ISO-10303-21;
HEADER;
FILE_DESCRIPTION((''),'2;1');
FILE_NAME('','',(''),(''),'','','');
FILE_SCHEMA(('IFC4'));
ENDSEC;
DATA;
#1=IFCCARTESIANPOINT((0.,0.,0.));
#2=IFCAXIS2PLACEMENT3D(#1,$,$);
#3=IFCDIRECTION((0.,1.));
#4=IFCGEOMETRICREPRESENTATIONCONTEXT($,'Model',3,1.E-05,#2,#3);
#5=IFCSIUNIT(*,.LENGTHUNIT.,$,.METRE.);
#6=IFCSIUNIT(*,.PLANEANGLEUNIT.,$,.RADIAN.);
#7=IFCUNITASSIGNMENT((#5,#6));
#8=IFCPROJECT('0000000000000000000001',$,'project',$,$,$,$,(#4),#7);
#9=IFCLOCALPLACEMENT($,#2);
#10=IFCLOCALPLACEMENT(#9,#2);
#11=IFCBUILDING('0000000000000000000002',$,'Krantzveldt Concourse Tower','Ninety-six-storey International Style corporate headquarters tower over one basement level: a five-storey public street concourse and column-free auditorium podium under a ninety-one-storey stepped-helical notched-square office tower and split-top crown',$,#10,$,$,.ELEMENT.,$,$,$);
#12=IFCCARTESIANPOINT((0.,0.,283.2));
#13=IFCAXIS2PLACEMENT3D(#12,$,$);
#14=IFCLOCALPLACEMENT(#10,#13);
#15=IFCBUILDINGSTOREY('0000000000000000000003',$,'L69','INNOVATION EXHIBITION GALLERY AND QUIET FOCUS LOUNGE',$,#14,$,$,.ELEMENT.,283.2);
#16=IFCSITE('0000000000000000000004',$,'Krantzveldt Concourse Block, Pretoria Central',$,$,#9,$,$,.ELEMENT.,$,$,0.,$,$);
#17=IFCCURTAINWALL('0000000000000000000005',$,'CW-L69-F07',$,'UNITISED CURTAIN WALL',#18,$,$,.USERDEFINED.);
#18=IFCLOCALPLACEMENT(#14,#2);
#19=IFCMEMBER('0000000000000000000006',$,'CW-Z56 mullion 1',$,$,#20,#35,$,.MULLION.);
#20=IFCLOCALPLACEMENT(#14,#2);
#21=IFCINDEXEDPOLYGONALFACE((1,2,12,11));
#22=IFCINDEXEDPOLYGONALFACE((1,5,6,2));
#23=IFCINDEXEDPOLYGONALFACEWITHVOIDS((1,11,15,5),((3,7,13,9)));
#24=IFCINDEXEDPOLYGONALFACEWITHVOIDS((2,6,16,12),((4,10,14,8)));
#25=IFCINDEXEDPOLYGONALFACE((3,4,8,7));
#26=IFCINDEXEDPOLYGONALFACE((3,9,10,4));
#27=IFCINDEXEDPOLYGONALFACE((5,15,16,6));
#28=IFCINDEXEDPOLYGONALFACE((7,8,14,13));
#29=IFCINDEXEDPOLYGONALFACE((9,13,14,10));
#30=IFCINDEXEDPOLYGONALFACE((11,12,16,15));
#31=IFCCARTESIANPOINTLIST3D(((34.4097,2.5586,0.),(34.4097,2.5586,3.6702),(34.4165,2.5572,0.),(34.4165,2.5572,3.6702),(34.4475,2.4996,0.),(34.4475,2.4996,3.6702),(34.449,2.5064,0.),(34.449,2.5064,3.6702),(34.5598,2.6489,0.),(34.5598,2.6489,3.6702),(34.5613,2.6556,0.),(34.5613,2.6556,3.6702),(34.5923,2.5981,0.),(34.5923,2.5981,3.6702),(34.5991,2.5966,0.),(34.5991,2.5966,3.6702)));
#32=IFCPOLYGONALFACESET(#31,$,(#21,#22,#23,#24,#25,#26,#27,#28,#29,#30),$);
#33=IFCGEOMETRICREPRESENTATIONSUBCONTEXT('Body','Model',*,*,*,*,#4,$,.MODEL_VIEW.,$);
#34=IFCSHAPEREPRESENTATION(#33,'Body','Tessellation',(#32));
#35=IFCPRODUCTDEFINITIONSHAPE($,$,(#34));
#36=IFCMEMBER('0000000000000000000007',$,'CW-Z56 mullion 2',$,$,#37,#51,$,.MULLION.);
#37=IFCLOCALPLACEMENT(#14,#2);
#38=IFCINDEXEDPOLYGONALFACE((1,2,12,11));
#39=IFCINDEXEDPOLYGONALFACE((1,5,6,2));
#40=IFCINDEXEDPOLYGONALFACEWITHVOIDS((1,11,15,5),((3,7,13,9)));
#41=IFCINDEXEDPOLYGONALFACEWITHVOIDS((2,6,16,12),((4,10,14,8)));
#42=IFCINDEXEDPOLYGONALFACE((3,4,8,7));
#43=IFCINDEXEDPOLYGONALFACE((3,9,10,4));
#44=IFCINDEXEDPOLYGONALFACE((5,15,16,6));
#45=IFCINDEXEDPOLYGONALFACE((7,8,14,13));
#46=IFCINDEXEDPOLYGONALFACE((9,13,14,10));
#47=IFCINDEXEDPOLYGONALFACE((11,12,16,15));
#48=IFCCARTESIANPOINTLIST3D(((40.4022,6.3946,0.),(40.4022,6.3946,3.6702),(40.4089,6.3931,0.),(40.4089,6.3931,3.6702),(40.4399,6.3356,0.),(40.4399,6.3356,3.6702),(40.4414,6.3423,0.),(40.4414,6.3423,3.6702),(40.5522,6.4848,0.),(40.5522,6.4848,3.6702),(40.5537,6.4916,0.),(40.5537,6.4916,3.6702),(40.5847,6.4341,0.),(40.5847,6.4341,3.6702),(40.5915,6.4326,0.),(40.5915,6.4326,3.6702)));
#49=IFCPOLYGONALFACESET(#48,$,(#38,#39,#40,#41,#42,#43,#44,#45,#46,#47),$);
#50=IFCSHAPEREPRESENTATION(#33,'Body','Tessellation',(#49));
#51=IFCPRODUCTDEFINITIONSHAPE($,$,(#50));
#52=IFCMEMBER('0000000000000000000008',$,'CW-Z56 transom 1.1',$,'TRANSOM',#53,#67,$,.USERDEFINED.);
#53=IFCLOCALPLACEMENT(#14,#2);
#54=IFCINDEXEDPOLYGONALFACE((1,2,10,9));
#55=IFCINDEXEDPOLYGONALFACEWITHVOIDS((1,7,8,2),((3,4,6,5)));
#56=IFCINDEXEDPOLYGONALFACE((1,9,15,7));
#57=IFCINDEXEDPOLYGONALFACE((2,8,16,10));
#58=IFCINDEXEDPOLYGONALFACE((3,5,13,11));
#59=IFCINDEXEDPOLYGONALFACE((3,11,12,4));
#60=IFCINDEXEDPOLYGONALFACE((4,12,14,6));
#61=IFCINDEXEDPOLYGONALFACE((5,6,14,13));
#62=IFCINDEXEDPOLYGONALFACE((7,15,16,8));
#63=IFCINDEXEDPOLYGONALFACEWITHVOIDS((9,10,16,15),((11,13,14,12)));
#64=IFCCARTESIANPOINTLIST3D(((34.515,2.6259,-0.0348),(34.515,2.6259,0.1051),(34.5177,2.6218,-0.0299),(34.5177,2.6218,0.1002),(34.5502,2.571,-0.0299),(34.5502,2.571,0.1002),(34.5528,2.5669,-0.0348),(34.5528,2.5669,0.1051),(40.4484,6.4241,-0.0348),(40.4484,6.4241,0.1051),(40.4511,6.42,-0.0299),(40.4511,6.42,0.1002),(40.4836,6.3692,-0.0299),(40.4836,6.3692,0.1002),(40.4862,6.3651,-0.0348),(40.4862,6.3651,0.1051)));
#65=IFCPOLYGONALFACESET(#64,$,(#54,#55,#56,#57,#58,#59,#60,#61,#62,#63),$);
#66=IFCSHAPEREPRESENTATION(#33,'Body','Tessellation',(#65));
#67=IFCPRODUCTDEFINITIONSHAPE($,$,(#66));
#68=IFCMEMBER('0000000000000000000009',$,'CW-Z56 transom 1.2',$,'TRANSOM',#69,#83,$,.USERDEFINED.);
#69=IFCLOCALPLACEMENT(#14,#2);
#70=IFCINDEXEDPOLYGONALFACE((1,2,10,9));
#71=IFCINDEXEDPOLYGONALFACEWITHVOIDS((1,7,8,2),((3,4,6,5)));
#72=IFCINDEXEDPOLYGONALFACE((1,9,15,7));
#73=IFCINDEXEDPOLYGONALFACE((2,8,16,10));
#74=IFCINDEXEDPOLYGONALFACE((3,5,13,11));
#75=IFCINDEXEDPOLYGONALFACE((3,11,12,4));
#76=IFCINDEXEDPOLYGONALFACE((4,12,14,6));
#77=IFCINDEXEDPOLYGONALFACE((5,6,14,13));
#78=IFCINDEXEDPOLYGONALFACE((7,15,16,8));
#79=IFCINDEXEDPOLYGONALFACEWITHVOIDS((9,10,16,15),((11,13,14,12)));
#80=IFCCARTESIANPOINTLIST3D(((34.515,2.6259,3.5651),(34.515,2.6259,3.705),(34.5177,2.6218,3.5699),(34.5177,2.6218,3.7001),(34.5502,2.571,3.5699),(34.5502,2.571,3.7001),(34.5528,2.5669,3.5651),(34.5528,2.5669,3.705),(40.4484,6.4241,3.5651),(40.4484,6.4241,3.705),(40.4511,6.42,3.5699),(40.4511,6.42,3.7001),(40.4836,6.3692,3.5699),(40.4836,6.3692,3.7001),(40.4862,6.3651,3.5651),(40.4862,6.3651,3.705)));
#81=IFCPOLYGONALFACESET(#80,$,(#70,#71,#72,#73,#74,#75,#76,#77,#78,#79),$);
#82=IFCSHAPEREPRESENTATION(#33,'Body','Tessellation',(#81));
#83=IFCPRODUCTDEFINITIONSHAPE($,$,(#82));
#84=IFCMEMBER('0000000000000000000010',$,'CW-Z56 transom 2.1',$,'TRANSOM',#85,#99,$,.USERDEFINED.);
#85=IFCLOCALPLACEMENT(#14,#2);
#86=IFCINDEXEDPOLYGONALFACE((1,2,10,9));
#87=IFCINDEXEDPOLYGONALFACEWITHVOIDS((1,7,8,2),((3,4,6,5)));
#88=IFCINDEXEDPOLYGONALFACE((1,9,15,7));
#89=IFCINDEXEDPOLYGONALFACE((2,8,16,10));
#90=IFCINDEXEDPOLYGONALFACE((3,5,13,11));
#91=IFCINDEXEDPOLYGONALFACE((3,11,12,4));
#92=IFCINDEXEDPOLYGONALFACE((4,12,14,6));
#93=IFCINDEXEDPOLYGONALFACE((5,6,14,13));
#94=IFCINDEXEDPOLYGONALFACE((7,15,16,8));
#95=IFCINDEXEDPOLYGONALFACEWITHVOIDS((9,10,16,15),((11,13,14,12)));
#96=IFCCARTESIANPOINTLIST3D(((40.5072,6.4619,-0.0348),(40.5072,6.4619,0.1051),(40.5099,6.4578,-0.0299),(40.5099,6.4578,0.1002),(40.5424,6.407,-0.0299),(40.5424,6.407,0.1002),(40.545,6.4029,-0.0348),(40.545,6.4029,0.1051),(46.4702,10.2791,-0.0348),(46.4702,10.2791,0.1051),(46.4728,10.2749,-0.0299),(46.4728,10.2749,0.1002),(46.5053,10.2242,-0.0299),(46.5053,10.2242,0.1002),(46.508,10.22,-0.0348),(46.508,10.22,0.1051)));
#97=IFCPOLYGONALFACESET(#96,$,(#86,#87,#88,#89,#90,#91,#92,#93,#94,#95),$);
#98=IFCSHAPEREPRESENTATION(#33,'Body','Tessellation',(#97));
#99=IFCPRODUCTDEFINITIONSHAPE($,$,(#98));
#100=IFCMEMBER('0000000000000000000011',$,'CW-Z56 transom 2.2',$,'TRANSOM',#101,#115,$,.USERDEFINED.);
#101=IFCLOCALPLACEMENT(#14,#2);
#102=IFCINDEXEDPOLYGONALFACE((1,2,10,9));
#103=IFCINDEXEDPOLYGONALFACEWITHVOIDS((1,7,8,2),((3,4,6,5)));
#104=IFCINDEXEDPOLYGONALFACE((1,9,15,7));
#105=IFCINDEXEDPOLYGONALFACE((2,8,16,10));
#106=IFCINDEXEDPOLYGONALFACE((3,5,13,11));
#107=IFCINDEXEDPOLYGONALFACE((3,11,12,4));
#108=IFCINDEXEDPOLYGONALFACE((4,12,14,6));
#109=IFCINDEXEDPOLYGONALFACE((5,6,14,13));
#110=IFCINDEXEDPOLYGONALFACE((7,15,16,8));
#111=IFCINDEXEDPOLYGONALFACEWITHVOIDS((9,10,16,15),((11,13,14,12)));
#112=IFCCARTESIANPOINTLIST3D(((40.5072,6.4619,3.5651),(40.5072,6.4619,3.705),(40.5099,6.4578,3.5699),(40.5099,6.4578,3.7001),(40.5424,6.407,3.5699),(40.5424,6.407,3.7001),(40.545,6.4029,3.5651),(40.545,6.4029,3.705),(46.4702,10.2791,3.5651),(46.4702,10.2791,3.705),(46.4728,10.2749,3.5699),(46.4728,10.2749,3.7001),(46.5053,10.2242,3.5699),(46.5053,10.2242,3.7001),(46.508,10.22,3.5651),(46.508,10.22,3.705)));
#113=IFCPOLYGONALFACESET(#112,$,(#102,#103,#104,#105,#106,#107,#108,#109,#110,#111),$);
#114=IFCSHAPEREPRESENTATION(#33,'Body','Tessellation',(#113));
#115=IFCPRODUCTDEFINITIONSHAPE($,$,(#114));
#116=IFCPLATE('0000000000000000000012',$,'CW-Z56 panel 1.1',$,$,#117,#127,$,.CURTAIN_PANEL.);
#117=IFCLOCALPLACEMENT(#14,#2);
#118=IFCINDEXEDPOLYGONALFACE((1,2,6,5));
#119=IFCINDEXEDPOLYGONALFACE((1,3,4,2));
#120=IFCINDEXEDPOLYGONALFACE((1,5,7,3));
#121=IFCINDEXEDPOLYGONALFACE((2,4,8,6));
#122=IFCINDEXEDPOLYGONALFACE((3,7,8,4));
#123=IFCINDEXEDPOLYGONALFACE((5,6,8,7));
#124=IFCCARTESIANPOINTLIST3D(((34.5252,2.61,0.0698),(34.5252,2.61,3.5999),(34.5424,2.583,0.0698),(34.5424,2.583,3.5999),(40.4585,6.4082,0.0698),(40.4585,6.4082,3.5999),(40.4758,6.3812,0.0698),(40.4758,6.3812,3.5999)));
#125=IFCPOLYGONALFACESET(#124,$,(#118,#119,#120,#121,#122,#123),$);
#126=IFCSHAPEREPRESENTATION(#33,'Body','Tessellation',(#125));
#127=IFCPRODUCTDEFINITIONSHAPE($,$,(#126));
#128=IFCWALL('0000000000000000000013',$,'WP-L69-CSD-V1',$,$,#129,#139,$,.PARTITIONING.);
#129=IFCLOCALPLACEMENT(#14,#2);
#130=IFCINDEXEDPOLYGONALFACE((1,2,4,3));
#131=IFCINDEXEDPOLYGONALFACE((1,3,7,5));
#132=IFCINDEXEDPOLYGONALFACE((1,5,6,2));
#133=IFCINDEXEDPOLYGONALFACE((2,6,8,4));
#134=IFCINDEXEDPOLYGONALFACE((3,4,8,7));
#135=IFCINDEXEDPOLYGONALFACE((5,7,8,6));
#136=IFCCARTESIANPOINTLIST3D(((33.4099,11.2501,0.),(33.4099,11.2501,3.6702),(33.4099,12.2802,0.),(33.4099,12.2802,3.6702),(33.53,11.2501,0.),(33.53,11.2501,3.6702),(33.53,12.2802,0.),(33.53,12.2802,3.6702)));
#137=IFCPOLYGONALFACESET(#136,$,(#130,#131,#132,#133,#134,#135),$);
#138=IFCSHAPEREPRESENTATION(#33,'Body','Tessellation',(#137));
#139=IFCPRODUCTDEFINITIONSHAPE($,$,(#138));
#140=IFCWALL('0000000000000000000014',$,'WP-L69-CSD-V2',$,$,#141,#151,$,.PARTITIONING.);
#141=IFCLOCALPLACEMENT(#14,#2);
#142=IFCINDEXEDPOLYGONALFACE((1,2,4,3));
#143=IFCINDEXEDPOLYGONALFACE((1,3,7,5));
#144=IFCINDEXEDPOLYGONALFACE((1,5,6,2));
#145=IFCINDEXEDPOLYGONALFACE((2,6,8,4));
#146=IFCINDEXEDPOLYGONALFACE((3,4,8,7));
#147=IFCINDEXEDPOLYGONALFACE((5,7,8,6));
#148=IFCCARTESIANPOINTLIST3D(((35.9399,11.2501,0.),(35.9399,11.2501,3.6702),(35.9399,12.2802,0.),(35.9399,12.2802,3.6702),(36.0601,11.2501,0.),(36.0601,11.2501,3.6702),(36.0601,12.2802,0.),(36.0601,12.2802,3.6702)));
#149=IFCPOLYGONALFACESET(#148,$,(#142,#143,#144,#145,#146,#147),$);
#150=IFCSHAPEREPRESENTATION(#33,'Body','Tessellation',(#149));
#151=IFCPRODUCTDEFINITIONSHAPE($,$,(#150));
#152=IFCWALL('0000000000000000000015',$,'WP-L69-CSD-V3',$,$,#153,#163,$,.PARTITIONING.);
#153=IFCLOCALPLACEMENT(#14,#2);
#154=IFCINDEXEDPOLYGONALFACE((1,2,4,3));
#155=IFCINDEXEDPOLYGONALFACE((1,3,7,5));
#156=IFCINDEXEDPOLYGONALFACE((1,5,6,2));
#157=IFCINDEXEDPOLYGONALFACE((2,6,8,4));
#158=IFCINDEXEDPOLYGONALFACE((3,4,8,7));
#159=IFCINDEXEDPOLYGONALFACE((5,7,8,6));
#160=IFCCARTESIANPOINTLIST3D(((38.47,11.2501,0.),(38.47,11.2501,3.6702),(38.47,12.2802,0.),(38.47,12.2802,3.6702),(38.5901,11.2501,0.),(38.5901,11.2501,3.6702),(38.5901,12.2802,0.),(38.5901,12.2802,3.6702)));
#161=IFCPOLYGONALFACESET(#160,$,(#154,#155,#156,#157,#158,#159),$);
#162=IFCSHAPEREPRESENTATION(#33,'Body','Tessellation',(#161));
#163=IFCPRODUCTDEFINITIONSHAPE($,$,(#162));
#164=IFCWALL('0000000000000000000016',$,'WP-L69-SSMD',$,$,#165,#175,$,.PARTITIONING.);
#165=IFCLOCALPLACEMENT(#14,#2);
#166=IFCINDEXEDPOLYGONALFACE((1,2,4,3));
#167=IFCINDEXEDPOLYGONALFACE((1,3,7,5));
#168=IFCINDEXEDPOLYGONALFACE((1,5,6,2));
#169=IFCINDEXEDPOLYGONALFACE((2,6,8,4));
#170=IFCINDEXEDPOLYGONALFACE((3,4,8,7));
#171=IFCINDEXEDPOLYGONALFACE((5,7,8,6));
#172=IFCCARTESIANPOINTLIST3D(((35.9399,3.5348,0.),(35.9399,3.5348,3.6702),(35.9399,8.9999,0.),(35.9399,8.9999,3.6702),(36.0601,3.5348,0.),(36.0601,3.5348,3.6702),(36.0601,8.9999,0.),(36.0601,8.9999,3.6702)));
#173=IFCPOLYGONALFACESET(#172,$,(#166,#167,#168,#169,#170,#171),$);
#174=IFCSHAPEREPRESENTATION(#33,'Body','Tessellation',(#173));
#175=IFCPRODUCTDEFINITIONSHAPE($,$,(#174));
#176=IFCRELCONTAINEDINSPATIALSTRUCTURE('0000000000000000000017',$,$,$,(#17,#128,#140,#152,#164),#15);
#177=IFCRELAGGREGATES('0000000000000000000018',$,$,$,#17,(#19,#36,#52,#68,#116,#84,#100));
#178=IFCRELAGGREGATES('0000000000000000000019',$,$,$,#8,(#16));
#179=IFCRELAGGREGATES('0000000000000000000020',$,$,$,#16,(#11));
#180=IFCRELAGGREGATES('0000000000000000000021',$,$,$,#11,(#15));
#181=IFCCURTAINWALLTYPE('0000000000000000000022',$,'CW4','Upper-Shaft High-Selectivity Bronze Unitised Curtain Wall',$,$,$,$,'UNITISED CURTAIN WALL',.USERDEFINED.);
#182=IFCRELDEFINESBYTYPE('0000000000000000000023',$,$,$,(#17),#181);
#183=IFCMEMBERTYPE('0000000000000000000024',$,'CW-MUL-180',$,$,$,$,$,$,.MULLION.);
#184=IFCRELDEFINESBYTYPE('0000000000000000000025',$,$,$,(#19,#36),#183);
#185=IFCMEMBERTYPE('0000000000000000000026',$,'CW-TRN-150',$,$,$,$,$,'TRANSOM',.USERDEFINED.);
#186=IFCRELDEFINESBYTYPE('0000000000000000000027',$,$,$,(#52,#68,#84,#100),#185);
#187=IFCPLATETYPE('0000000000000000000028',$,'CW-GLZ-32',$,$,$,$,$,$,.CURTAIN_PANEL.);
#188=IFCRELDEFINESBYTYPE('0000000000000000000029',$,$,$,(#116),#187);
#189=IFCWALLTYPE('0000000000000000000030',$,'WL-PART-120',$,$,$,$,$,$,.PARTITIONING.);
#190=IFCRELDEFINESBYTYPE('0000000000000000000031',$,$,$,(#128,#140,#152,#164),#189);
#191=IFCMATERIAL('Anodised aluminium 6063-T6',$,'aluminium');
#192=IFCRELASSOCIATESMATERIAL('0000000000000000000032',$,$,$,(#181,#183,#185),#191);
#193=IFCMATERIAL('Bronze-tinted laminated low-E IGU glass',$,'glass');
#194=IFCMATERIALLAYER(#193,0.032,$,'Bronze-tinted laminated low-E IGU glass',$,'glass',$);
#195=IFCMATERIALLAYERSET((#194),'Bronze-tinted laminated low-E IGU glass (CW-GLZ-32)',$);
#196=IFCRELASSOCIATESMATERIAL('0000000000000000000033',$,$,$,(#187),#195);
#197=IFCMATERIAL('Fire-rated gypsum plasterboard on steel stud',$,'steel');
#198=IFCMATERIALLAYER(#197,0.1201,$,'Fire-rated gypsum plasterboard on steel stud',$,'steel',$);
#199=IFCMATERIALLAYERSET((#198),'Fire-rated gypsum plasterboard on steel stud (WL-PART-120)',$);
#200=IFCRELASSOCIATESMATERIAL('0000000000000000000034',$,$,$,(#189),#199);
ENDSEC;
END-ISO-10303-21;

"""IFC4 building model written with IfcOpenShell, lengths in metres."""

from ifc_helpers import new_model, si_unit, direction, frame, frame_2d, origin, origin_2d, place, context, subcontext, project, spatial, rectangle, hollow_rectangle, extrude, source, transform, mapped, material, layer, layer_set, material_profile, profile_set, type_object, type_shapes, element, aggregate, save


model = new_model("IFC4")

# Units and contexts
model_context = context("Model", 3, precision=1e-05, world=origin(), true_north=direction((0.0, 1.0)))
body_context = subcontext(model_context, "Body", "Model", "MODEL_VIEW")
ifc_project = project(units=[si_unit("LENGTHUNIT", "METRE"), si_unit("PLANEANGLEUNIT", "RADIAN")], contexts=[model_context])

# Site, building, storey
site_placement = place(None, origin())
site = spatial("IfcSite", under=ifc_project, at=site_placement, Name="Krantzveldt Concourse Block, Pretoria Central", CompositionType="ELEMENT", RefElevation=0.0)
building_placement = place(site_placement, origin())
building = spatial("IfcBuilding", under=site, at=building_placement, Name="Krantzveldt Concourse Tower", Description="Ninety-six-storey International Style corporate headquarters tower over one basement level: a five-storey public street concourse and column-free auditorium podium under a ninety-one-storey stepped-helical notched-square office tower and split-top crown", CompositionType="ELEMENT")
storey_placement = place(building_placement, frame((0.0, 0.0, 283.2)))
storey = spatial("IfcBuildingStorey", under=building, at=storey_placement, Name="L69", Description="INNOVATION EXHIBITION GALLERY AND QUIET FOCUS LOUNGE", CompositionType="ELEMENT", Elevation=283.2)

# Curtain wall, members, plate
ifc_material_1 = material(Name="Anodised aluminium 6063-T6", Category="aluminium")
curtain_wall_type = type_object("IfcCurtainWallType", Name="CW4", Description="Upper-Shaft High-Selectivity Bronze Unitised Curtain Wall", ElementType="UNITISED CURTAIN WALL", PredefinedType="USERDEFINED", material=ifc_material_1)
curtain_wall_placement = place(storey_placement, origin())
curtain_wall = element("IfcCurtainWall", 1, at=curtain_wall_placement, inside=storey, type_object=curtain_wall_type, Name="CW-L69-F07", ObjectType="UNITISED CURTAIN WALL", PredefinedType="USERDEFINED")
ifc_material_profile_1 = material_profile(ifc_material_1, hollow_rectangle(XDim=0.0701, YDim=0.1799, WallThickness=0.0049, at=origin_2d()), Name="Anodised aluminium 6063-T6", Category="aluminium")
ifc_profile_set_1 = profile_set([ifc_material_profile_1], Name="Anodised aluminium 6063-T6 - ALU-MULL 180x70x5")
member_type_1 = type_object("IfcMemberType", Name="CW-MUL-180", PredefinedType="MULLION", material=ifc_profile_set_1)
shared_shape_1 = source(origin(), body_context, "Body", "SweptSolid", [
    extrude(hollow_rectangle(XDim=0.0701, YDim=0.1799, WallThickness=0.0049, at=origin_2d()), origin(), (0.0, 0.0, 1.0), 3.6702),
])
type_shapes(member_type_1, [shared_shape_1])
member_1_placement = place(storey_placement, frame((34.5044, 2.5776, 0.0), z_axis=(0.0, 0.0, 1.0), x_axis=(-0.539138, 0.842217, 0.0)))
member_1 = element("IfcMember", 2, at=member_1_placement, type_object=member_type_1, Name="CW-Z56 mullion 1", PredefinedType="MULLION", context=body_context, shape_type="MappedRepresentation", body=[
    mapped(shared_shape_1, transform((0.0, 0.0, 0.0), x_axis=(1.0, 0.0, 0.0), y_axis=(0.0, 1.0, 0.0), z_axis=(0.0, 0.0, 1.0), scale=1.0)),
])
member_2_placement = place(storey_placement, frame((40.4968, 6.4136, 0.0), z_axis=(0.0, 0.0, 1.0), x_axis=(-0.539138, 0.842217, 0.0)))
member_2 = element("IfcMember", 3, at=member_2_placement, type_object=member_type_1, Name="CW-Z56 mullion 2", PredefinedType="MULLION", context=body_context, shape_type="MappedRepresentation", body=[
    mapped(shared_shape_1, transform((0.0, 0.0, 0.0), x_axis=(1.0, 0.0, 0.0), y_axis=(0.0, 1.0, 0.0), z_axis=(0.0, 0.0, 1.0), scale=1.0)),
])
ifc_material_profile_2 = material_profile(ifc_material_1, hollow_rectangle(XDim=0.0701, YDim=0.1399, WallThickness=0.0049, at=origin_2d()), Name="Anodised aluminium 6063-T6", Category="aluminium")
ifc_profile_set_2 = profile_set([ifc_material_profile_2], Name="Anodised aluminium 6063-T6 - ALU-TRAN 140x70x5")
member_type_2 = type_object("IfcMemberType", Name="CW-TRN-150", ElementType="TRANSOM", PredefinedType="USERDEFINED", material=ifc_profile_set_2)
shared_shape_2 = source(origin(), body_context, "Body", "SweptSolid", [
    extrude(hollow_rectangle(XDim=0.0701, YDim=0.1399, WallThickness=0.0049, at=origin_2d()), origin(), (0.0, 0.0, 1.0), 7.0449),
])
member_3_placement = place(storey_placement, frame((34.5339, 2.5964, 0.0352), z_axis=(0.842223, 0.539129, 0.0), x_axis=(-0.539129, 0.842223, 0.0)))
member_3 = element("IfcMember", 4, at=member_3_placement, type_object=member_type_2, Name="CW-Z56 transom 1.1", ObjectType="TRANSOM", PredefinedType="USERDEFINED", context=body_context, shape_type="MappedRepresentation", body=[
    mapped(shared_shape_2, transform((0.0, 0.0, 0.0), x_axis=(1.0, 0.0, 0.0), y_axis=(0.0, 1.0, 0.0), z_axis=(0.0, 0.0, 1.0), scale=1.0)),
])
member_4_placement = place(storey_placement, frame((34.5339, 2.5964, 3.635), z_axis=(0.842223, 0.539129, 0.0), x_axis=(-0.539129, 0.842223, 0.0)))
member_4 = element("IfcMember", 5, at=member_4_placement, type_object=member_type_2, Name="CW-Z56 transom 1.2", ObjectType="TRANSOM", PredefinedType="USERDEFINED", context=body_context, shape_type="MappedRepresentation", body=[
    mapped(shared_shape_2, transform((0.0, 0.0, 0.0), x_axis=(1.0, 0.0, 0.0), y_axis=(0.0, 1.0, 0.0), z_axis=(0.0, 0.0, 1.0), scale=1.0)),
])
shared_shape_3 = source(origin(), body_context, "Body", "SweptSolid", [
    extrude(hollow_rectangle(XDim=0.0701, YDim=0.1399, WallThickness=0.0049, at=origin_2d()), origin(), (0.0, 0.0, 1.0), 7.0801),
])
type_shapes(member_type_2, [shared_shape_2, shared_shape_3])
member_5_placement = place(storey_placement, frame((40.5261, 6.4324, 0.0352), z_axis=(0.842214, 0.539143, 0.0), x_axis=(-0.539143, 0.842214, 0.0)))
member_5 = element("IfcMember", 6, at=member_5_placement, type_object=member_type_2, Name="CW-Z56 transom 2.1", ObjectType="TRANSOM", PredefinedType="USERDEFINED", context=body_context, shape_type="MappedRepresentation", body=[
    mapped(shared_shape_3, transform((0.0, 0.0, 0.0), x_axis=(1.0, 0.0, 0.0), y_axis=(0.0, 1.0, 0.0), z_axis=(0.0, 0.0, 1.0), scale=1.0)),
])
member_6_placement = place(storey_placement, frame((40.5261, 6.4324, 3.635), z_axis=(0.842214, 0.539143, 0.0), x_axis=(-0.539143, 0.842214, 0.0)))
member_6 = element("IfcMember", 7, at=member_6_placement, type_object=member_type_2, Name="CW-Z56 transom 2.2", ObjectType="TRANSOM", PredefinedType="USERDEFINED", context=body_context, shape_type="MappedRepresentation", body=[
    mapped(shared_shape_3, transform((0.0, 0.0, 0.0), x_axis=(1.0, 0.0, 0.0), y_axis=(0.0, 1.0, 0.0), z_axis=(0.0, 0.0, 1.0), scale=1.0)),
])
ifc_material_2 = material(Name="Bronze-tinted laminated low-E IGU glass", Category="glass")
ifc_layer_1 = layer(ifc_material_2, 0.032, Name="Bronze-tinted laminated low-E IGU glass", Category="glass")
ifc_layer_set_1 = layer_set([ifc_layer_1], Name="Bronze-tinted laminated low-E IGU glass (CW-GLZ-32)")
plate_type = type_object("IfcPlateType", Name="CW-GLZ-32", PredefinedType="CURTAIN_PANEL", material=ifc_layer_set_1)
shared_shape_4 = source(origin(), body_context, "Body", "SweptSolid", [
    extrude(rectangle(XDim=7.0449, YDim=0.032, at=origin_2d()), origin(), (0.0, 0.0, 1.0), 3.53),
])
type_shapes(plate_type, [shared_shape_4])
plate_placement = place(storey_placement, frame((37.5005, 4.4956, 0.0698), z_axis=(0.0, 0.0, 1.0), x_axis=(0.842217, 0.539138, 0.0)))
plate = element("IfcPlate", 8, at=plate_placement, type_object=plate_type, Name="CW-Z56 panel 1.1", PredefinedType="CURTAIN_PANEL", context=body_context, shape_type="MappedRepresentation", body=[
    mapped(shared_shape_4, transform((0.0, 0.0, 0.0), x_axis=(1.0, 0.0, 0.0), y_axis=(0.0, 1.0, 0.0), z_axis=(0.0, 0.0, 1.0), scale=1.0)),
])
aggregate(curtain_wall, [member_1, member_2, member_3, member_4, plate, member_5, member_6])

# Walls
ifc_material_3 = material(Name="Fire-rated gypsum plasterboard on steel stud", Category="steel")
ifc_layer_2 = layer(ifc_material_3, 0.1201, Name="Fire-rated gypsum plasterboard on steel stud", Category="steel")
ifc_layer_set_2 = layer_set([ifc_layer_2], Name="Fire-rated gypsum plasterboard on steel stud (WL-PART-120)")
wall_type_1 = type_object("IfcWallType", Name="WL-PART-120", PredefinedType="PARTITIONING", material=ifc_layer_set_2)
for number, where, z_axis, x_axis, name in (
    (9, (33.47, 11.25, 0.0), (0.0, 0.0, 1.0), (0.0, 1.0, 0.0), "WP-L69-CSD-V1"),
    (10, (36.0, 11.25, 0.0), (0.0, 0.0, 1.0), (0.0, 1.0, 0.0), "WP-L69-CSD-V2"),
    (11, (38.53, 11.25, 0.0), (0.0, 0.0, 1.0), (0.0, 1.0, 0.0), "WP-L69-CSD-V3"),
):
    element("IfcWall", number, at=place(storey_placement, frame(where, z_axis=z_axis, x_axis=x_axis)), inside=storey, type_object=wall_type_1, Name=name, PredefinedType="PARTITIONING", context=body_context, shape_type="SweptSolid", body=[
        extrude(rectangle(XDim=1.03, YDim=0.1201, at=frame_2d((0.5151, 0.0))), origin(), (0.0, 0.0, 1.0), 3.6702),
    ])
wall_1_placement = place(storey_placement, frame((36.0, 3.5349, 0.0), z_axis=(0.0, 0.0, 1.0), x_axis=(0.0, 1.0, 0.0)))
element("IfcWall", 12, at=wall_1_placement, inside=storey, type_object=wall_type_1, Name="WP-L69-SSMD", PredefinedType="PARTITIONING", context=body_context, shape_type="SweptSolid", body=[
    extrude(rectangle(XDim=5.4651, YDim=0.1201, at=frame_2d((2.7324, 0.0))), origin(), (0.0, 0.0, 1.0), 3.6702),
])

save(model, "model.ifc")
